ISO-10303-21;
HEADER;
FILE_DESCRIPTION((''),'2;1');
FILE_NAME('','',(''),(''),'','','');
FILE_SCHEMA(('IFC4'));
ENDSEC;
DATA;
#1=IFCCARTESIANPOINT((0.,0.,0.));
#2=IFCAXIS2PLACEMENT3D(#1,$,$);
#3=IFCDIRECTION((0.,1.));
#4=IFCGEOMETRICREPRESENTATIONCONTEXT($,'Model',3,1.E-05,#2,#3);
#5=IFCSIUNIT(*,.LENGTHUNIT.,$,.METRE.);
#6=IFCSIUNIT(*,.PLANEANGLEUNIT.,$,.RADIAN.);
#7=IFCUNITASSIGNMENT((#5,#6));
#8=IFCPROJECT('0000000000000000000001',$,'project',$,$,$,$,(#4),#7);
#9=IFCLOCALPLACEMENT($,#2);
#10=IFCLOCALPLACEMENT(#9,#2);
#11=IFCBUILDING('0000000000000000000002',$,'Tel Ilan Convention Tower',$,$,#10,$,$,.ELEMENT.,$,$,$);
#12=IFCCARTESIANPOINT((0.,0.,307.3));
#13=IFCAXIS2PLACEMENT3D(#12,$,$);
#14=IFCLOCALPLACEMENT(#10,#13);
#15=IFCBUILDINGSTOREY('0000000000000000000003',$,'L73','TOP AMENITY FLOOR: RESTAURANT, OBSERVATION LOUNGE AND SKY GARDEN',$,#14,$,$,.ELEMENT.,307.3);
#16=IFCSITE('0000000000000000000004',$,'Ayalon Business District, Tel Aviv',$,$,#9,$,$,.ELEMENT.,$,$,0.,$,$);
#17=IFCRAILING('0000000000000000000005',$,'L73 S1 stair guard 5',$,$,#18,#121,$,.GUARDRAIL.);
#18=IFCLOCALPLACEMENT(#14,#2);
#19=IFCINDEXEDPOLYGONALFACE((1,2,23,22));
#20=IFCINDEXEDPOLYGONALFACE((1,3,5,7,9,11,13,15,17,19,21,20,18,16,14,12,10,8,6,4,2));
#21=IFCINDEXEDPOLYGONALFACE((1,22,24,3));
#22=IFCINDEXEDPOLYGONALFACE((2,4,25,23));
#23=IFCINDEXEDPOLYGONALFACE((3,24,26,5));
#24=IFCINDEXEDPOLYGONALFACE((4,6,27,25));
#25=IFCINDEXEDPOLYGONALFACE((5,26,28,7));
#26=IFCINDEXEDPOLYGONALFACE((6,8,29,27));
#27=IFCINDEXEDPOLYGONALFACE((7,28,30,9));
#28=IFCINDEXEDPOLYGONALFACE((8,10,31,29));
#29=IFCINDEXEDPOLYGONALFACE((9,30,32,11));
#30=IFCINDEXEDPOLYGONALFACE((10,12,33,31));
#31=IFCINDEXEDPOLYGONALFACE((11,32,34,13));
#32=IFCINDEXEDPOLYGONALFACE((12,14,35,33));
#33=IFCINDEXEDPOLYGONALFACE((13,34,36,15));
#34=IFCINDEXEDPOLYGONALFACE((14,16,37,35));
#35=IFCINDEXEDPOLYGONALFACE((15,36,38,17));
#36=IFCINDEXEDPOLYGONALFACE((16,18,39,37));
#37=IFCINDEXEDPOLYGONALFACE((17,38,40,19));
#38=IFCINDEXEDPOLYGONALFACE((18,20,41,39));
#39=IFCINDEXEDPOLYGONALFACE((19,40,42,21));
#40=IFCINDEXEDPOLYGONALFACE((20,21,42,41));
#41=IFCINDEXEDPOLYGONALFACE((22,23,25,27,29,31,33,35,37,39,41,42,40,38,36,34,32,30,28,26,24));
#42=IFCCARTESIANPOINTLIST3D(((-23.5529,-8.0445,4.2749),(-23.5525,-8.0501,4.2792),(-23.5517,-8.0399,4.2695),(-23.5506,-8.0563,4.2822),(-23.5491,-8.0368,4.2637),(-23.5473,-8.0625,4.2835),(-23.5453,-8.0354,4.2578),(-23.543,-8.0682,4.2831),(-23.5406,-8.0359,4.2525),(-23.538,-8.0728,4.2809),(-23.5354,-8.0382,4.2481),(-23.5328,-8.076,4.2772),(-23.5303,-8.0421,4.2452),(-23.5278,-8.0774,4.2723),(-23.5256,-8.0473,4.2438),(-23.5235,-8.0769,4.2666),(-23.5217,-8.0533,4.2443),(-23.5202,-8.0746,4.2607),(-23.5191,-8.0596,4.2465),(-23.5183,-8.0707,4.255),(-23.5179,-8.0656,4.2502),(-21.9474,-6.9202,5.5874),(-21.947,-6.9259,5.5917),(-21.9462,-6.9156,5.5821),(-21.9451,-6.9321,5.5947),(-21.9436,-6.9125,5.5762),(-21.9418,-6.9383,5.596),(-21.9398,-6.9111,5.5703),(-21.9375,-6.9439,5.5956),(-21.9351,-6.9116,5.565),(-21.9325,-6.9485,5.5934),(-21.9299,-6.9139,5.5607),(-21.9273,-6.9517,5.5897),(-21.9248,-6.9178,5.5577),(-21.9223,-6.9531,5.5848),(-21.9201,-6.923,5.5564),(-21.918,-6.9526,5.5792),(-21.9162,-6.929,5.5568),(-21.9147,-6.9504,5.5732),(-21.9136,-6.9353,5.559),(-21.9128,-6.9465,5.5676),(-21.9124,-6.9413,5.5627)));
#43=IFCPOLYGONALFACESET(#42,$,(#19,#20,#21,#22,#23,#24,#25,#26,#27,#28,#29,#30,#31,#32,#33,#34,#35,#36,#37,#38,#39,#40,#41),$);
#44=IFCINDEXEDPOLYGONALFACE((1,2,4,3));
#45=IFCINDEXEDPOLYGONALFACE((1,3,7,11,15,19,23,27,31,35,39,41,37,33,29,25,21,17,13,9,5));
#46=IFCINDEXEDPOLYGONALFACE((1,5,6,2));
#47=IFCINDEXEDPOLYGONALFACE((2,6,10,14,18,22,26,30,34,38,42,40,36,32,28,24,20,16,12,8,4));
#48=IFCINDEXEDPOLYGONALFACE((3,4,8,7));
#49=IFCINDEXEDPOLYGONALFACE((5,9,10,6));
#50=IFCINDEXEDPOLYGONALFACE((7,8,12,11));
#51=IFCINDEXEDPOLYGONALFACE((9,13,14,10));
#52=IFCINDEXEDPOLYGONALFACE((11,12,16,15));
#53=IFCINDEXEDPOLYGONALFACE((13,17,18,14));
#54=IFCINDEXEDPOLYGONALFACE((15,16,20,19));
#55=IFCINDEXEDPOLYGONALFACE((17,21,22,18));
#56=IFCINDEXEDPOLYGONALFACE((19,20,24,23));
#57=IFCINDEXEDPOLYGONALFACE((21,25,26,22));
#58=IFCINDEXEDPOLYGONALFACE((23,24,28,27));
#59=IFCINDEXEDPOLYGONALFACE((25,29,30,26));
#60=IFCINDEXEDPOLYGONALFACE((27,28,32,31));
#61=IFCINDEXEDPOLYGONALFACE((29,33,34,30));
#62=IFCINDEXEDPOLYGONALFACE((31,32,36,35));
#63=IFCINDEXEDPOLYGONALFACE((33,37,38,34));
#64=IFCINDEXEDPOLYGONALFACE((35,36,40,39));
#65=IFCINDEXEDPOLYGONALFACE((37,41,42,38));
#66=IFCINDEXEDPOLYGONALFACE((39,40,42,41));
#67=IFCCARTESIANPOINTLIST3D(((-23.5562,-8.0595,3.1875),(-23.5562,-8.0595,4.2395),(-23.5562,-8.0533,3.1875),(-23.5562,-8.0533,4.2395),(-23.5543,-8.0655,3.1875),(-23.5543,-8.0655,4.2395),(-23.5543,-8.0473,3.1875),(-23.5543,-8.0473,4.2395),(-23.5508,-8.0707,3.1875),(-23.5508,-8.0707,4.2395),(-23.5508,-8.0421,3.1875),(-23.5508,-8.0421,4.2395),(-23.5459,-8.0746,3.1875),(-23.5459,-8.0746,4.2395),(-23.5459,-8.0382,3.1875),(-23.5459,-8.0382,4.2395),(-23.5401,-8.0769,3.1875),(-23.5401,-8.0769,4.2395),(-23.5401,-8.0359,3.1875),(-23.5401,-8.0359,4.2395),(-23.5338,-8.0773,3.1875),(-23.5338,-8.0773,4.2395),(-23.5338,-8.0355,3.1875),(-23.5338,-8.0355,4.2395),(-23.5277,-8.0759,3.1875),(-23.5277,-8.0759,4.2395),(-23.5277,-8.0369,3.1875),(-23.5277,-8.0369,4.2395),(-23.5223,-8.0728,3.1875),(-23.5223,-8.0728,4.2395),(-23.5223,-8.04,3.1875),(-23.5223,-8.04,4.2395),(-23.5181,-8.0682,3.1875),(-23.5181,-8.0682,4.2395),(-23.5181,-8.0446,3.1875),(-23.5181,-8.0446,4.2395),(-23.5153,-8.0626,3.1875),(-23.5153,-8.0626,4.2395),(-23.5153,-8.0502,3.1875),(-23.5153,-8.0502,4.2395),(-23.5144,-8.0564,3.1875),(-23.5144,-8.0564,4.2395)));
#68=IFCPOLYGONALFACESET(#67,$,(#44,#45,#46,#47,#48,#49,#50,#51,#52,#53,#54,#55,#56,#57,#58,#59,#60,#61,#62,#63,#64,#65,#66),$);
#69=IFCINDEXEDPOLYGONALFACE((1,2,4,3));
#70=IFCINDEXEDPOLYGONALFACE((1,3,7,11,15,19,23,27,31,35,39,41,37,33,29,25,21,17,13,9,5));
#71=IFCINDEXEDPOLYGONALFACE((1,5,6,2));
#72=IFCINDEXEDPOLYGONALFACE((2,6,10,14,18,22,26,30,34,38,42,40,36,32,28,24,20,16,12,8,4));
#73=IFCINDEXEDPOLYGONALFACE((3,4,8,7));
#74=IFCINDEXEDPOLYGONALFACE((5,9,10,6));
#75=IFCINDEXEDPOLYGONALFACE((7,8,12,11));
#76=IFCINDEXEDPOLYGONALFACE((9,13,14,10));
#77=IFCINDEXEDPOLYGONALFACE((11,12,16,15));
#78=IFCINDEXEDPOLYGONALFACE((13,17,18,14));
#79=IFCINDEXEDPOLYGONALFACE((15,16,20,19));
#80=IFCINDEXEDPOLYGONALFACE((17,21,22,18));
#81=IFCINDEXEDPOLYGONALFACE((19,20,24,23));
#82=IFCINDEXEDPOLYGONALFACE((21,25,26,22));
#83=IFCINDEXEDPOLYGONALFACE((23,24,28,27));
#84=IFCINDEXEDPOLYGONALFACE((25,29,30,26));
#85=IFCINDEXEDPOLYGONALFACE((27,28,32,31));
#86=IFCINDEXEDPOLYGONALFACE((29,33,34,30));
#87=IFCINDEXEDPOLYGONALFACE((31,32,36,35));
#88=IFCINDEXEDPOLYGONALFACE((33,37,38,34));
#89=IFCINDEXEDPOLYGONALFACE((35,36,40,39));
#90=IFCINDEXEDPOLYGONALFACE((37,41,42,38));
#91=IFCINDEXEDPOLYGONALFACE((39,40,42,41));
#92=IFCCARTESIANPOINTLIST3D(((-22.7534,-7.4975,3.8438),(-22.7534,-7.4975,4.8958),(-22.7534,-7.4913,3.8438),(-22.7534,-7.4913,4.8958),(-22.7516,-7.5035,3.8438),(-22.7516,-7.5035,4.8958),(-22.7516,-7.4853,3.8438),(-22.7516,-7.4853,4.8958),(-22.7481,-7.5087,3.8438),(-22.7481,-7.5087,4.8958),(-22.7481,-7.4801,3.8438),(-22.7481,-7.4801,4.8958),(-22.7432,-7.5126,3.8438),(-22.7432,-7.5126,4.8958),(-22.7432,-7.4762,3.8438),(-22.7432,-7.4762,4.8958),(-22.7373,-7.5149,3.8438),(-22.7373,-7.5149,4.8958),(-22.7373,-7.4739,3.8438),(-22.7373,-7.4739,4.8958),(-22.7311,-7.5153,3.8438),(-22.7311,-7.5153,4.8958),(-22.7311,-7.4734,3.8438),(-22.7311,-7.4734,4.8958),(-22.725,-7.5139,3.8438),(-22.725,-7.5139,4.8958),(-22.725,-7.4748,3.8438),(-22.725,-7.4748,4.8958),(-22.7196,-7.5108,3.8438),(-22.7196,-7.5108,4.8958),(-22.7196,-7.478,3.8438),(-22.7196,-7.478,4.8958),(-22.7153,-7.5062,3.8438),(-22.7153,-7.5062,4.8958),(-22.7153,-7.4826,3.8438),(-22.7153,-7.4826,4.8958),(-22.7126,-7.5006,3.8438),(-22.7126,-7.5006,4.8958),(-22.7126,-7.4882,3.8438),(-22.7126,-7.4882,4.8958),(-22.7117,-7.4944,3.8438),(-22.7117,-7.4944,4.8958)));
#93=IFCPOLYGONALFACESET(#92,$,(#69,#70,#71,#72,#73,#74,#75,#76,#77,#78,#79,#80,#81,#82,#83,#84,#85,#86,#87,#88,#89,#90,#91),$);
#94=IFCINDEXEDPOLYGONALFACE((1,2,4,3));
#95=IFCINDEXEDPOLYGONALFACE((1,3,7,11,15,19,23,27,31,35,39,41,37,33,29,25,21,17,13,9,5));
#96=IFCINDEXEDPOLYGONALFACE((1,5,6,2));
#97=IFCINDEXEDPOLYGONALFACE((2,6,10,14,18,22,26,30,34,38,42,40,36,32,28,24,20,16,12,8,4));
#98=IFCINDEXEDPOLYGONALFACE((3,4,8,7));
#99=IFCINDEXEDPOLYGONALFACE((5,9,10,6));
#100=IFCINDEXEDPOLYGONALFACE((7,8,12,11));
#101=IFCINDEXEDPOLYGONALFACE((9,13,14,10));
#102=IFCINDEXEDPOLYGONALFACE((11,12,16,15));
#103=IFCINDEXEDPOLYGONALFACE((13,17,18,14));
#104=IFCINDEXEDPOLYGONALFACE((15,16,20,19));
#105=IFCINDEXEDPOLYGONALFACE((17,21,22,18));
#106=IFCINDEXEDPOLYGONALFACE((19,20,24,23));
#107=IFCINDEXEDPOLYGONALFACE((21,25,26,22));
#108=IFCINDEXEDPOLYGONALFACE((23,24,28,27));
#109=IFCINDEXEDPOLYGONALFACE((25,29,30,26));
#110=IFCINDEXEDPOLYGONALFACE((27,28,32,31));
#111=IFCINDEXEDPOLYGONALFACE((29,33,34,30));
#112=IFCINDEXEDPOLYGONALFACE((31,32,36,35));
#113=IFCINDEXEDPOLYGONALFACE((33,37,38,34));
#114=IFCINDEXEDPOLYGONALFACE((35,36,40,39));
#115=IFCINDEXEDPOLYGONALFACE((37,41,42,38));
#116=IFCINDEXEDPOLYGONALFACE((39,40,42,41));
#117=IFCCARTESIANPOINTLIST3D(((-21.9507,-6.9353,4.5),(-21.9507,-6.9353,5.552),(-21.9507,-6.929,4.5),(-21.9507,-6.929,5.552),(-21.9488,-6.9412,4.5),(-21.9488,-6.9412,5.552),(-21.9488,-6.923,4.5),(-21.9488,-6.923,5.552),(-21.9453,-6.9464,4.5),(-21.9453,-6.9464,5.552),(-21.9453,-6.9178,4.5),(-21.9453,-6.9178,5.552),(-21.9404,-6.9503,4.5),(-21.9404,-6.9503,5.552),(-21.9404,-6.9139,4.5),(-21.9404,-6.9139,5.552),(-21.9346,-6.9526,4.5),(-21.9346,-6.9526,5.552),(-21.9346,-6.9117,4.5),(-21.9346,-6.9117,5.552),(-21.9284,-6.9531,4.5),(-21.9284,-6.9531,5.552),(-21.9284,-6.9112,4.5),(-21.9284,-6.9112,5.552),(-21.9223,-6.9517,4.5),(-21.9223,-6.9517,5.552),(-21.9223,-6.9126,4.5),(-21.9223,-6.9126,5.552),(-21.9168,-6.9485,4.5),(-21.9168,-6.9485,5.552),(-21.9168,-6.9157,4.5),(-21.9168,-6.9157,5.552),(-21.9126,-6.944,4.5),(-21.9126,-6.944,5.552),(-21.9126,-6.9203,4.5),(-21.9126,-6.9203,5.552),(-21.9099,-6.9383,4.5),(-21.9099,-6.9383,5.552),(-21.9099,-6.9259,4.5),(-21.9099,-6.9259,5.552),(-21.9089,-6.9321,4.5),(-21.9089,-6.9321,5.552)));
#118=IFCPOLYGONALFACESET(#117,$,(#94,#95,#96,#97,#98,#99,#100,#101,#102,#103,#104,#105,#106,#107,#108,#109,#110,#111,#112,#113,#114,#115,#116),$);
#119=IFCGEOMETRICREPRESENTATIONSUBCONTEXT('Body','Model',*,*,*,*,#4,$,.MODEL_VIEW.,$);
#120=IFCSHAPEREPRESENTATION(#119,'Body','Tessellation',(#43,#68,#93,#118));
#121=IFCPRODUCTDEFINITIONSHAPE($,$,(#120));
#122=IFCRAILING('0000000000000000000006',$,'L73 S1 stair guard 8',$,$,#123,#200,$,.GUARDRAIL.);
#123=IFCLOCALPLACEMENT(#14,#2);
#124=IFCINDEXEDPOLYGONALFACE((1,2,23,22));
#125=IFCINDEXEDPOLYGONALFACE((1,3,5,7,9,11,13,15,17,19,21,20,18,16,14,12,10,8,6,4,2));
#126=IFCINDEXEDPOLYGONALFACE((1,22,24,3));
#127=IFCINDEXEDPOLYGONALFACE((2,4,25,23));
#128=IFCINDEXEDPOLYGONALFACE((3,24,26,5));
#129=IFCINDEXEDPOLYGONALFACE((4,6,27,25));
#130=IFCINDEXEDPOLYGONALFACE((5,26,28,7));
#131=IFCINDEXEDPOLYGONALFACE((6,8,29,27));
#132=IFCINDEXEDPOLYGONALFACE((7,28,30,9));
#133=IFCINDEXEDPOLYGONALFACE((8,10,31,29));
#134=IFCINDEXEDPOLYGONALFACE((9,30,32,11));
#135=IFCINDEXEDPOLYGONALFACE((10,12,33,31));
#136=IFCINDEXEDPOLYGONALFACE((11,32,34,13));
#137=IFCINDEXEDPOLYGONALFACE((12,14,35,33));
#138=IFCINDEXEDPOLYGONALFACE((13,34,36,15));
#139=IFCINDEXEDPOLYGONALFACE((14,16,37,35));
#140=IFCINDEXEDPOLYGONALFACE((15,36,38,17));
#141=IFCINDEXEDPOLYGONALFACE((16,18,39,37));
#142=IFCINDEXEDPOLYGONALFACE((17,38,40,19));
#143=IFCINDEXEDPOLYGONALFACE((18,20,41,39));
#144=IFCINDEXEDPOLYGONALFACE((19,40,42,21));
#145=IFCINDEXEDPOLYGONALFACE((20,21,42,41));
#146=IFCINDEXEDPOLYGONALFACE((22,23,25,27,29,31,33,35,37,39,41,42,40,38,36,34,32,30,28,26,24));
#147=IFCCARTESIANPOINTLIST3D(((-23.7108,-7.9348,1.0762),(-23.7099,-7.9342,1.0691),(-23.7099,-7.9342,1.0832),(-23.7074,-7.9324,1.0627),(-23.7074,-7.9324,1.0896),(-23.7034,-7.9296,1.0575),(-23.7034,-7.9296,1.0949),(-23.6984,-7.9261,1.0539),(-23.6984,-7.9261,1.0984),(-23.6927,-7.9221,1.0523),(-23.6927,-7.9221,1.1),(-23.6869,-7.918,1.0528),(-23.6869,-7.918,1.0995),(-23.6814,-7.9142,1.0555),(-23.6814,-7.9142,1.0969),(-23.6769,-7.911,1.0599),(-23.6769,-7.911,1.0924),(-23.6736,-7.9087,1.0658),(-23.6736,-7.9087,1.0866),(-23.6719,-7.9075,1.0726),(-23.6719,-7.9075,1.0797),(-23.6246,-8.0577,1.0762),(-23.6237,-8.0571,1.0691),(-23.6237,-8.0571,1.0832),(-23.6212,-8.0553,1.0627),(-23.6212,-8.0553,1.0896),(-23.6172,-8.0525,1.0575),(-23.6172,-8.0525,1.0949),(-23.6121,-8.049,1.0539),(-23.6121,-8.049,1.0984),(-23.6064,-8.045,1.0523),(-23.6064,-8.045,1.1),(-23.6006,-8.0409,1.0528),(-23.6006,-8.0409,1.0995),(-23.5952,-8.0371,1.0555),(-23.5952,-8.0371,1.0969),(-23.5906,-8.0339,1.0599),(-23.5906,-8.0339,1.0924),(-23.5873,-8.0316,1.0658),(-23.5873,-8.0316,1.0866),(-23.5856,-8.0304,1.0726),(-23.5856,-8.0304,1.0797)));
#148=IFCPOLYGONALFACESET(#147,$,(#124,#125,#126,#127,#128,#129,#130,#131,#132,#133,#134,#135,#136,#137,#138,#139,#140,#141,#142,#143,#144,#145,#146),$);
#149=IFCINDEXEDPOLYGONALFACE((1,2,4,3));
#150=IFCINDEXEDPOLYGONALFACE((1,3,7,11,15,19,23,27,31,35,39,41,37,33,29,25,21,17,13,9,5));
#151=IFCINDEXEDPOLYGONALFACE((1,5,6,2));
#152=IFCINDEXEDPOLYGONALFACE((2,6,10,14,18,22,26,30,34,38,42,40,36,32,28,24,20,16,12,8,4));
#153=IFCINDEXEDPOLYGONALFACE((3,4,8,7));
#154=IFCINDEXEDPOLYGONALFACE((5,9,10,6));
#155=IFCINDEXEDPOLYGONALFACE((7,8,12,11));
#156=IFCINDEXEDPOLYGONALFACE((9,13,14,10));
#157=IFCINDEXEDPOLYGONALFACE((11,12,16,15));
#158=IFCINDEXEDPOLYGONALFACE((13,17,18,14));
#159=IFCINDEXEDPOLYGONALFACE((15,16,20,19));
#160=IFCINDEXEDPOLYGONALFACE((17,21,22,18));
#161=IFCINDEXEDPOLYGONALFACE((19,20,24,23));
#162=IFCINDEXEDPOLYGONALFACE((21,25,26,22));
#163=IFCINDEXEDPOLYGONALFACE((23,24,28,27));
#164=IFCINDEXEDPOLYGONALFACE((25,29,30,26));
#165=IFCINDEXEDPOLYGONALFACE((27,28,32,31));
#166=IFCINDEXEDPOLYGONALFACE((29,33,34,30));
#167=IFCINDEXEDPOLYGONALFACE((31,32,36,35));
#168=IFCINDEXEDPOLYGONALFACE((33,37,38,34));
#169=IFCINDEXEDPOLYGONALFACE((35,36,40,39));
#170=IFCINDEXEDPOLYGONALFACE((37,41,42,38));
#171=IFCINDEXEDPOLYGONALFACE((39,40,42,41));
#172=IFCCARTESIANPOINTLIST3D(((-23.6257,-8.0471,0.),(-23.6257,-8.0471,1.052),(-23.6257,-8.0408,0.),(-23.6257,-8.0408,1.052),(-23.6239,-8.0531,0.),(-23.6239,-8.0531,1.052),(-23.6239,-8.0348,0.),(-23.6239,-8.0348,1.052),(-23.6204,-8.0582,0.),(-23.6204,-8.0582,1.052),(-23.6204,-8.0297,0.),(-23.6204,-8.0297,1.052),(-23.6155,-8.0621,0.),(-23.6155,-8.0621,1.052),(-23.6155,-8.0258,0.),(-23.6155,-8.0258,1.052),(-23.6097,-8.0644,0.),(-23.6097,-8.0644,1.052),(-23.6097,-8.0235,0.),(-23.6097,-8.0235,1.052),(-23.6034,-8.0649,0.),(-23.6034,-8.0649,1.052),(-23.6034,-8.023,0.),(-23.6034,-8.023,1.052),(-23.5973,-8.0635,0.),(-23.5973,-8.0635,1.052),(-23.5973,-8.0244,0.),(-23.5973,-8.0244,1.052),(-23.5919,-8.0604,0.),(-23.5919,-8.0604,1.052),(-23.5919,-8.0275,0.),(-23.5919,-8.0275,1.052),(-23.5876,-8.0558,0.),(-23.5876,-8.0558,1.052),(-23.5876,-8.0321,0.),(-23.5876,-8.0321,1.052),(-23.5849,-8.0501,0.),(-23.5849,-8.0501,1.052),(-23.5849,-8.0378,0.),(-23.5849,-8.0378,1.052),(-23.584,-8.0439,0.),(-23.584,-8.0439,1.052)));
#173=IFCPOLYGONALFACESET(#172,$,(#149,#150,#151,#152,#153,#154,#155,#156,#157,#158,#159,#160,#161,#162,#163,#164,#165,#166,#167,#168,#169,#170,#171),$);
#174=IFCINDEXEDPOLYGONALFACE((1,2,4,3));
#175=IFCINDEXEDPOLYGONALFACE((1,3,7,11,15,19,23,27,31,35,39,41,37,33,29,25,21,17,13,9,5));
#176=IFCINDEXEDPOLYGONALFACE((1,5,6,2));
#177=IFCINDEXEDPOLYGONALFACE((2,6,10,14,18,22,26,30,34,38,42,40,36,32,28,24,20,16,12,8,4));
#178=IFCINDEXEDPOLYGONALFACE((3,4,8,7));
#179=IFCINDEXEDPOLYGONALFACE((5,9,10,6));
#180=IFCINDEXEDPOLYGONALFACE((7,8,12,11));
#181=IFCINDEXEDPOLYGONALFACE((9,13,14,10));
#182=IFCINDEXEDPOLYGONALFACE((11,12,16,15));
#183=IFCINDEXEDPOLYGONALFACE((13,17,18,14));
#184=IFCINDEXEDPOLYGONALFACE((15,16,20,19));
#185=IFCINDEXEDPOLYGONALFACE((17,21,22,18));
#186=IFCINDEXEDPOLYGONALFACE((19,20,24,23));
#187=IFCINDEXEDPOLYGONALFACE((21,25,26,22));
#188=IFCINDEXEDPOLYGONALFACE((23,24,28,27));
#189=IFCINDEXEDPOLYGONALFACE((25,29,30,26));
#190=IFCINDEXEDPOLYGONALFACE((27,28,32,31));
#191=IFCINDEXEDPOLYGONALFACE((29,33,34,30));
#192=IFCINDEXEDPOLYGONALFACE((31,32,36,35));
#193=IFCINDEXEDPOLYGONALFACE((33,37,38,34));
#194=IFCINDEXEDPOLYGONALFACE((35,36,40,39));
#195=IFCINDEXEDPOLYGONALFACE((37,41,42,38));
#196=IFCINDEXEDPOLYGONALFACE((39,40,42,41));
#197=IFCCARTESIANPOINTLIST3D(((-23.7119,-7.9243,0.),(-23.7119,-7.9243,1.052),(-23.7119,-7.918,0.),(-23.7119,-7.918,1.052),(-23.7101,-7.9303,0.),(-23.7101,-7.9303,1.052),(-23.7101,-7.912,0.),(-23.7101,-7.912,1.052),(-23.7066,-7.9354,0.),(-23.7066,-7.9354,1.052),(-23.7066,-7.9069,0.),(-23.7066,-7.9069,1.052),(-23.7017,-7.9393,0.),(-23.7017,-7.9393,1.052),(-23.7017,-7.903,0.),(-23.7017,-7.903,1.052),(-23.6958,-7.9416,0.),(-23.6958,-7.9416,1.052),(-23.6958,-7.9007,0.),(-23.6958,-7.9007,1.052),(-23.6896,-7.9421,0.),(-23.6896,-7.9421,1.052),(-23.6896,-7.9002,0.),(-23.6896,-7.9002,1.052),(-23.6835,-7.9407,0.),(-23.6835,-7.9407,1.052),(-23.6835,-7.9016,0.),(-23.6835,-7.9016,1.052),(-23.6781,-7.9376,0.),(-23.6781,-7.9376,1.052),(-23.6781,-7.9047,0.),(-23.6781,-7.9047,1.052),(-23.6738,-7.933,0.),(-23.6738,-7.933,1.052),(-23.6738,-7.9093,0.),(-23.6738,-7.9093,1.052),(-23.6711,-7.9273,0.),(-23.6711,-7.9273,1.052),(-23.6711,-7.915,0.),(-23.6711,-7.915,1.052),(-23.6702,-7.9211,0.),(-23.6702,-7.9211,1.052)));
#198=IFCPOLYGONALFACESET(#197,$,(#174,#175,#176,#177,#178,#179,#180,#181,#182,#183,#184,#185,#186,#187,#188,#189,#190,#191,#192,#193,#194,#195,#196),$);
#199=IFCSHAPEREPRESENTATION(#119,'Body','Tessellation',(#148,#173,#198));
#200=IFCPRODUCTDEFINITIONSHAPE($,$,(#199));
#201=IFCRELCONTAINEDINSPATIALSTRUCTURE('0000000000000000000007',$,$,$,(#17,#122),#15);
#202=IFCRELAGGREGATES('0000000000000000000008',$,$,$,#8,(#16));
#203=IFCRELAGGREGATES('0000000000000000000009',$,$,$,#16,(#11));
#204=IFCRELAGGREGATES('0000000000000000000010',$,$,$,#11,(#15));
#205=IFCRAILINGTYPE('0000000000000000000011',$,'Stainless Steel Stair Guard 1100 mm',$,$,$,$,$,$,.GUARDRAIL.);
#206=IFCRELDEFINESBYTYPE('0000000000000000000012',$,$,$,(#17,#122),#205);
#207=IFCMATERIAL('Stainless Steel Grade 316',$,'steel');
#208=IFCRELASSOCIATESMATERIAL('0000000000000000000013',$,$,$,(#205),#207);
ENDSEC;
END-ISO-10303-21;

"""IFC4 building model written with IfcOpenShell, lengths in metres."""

from ifc_helpers import new_model, si_unit, direction, frame, origin, origin_2d, place, context, subcontext, project, spatial, circle, extrude, material, type_object, element, save


model = new_model("IFC4")

# Units and contexts
model_context = context("Model", 3, precision=1e-05, world=origin(), true_north=direction((0.0, 1.0)))
body_context = subcontext(model_context, "Body", "Model", "MODEL_VIEW")
ifc_project = project(units=[si_unit("LENGTHUNIT", "METRE"), si_unit("PLANEANGLEUNIT", "RADIAN")], contexts=[model_context])

# Site, building, storey
site_placement = place(None, origin())
site = spatial("IfcSite", under=ifc_project, at=site_placement, Name="Ayalon Business District, Tel Aviv", CompositionType="ELEMENT", RefElevation=0.0)
building_placement = place(site_placement, origin())
building = spatial("IfcBuilding", under=site, at=building_placement, Name="Tel Ilan Convention Tower", CompositionType="ELEMENT")
storey_placement = place(building_placement, frame((0.0, 0.0, 307.3)))
storey = spatial("IfcBuildingStorey", under=building, at=storey_placement, Name="L73", Description="TOP AMENITY FLOOR: RESTAURANT, OBSERVATION LOUNGE AND SKY GARDEN", CompositionType="ELEMENT", Elevation=307.3)

# Railings
ifc_material_1 = material(Name="Stainless Steel Grade 316", Category="steel")
railing_type_1 = type_object("IfcRailingType", Name="Stainless Steel Stair Guard 1100 mm", PredefinedType="GUARDRAIL", material=ifc_material_1)
railing_1_placement = place(storey_placement, frame((-23.5354, -8.0564, 3.1875)))
element("IfcRailing", 1, at=railing_1_placement, inside=storey, type_object=railing_type_1, Name="L73 S1 stair guard 5", PredefinedType="GUARDRAIL", context=body_context, shape_type="SweptSolid", body=[
    extrude(circle(Radius=0.0239, at=origin_2d()), frame((0.0, 0.0, 1.0762), z_axis=(0.680616, 0.476617, 0.556416), x_axis=(-0.573613, 0.819127, 0.0)), (0.0, 0.0, 1.0), 2.3589),
    extrude(circle(Radius=0.021, at=origin_2d()), origin(), (0.0, 0.0, 1.0), 1.052),
    extrude(circle(Radius=0.021, at=origin_2d()), frame((0.8027, 0.562, 0.6562)), (0.0, 0.0, 1.0), 1.052),
    extrude(circle(Radius=0.021, at=origin_2d()), frame((1.6055, 1.1243, 1.3125)), (0.0, 0.0, 1.0), 1.052),
])
railing_2_placement = place(storey_placement, frame((-23.605, -8.0439, 0.0)))
element("IfcRailing", 2, at=railing_2_placement, inside=storey, type_object=railing_type_1, Name="L73 S1 stair guard 8", PredefinedType="GUARDRAIL", context=body_context, shape_type="SweptSolid", body=[
    extrude(circle(Radius=0.0239, at=origin_2d()), frame((0.0, 0.0, 1.0762), z_axis=(-0.574445, 0.818543, 0.0), x_axis=(-0.818543, -0.574445, 0.0)), (0.0, 0.0, 1.0), 0.1501),
    extrude(circle(Radius=0.021, at=origin_2d()), origin(), (0.0, 0.0, 1.0), 1.052),
    extrude(circle(Radius=0.021, at=origin_2d()), frame((-0.0862, 0.1228, 0.0)), (0.0, 0.0, 1.0), 1.052),
])

save(model, "model.ifc")
